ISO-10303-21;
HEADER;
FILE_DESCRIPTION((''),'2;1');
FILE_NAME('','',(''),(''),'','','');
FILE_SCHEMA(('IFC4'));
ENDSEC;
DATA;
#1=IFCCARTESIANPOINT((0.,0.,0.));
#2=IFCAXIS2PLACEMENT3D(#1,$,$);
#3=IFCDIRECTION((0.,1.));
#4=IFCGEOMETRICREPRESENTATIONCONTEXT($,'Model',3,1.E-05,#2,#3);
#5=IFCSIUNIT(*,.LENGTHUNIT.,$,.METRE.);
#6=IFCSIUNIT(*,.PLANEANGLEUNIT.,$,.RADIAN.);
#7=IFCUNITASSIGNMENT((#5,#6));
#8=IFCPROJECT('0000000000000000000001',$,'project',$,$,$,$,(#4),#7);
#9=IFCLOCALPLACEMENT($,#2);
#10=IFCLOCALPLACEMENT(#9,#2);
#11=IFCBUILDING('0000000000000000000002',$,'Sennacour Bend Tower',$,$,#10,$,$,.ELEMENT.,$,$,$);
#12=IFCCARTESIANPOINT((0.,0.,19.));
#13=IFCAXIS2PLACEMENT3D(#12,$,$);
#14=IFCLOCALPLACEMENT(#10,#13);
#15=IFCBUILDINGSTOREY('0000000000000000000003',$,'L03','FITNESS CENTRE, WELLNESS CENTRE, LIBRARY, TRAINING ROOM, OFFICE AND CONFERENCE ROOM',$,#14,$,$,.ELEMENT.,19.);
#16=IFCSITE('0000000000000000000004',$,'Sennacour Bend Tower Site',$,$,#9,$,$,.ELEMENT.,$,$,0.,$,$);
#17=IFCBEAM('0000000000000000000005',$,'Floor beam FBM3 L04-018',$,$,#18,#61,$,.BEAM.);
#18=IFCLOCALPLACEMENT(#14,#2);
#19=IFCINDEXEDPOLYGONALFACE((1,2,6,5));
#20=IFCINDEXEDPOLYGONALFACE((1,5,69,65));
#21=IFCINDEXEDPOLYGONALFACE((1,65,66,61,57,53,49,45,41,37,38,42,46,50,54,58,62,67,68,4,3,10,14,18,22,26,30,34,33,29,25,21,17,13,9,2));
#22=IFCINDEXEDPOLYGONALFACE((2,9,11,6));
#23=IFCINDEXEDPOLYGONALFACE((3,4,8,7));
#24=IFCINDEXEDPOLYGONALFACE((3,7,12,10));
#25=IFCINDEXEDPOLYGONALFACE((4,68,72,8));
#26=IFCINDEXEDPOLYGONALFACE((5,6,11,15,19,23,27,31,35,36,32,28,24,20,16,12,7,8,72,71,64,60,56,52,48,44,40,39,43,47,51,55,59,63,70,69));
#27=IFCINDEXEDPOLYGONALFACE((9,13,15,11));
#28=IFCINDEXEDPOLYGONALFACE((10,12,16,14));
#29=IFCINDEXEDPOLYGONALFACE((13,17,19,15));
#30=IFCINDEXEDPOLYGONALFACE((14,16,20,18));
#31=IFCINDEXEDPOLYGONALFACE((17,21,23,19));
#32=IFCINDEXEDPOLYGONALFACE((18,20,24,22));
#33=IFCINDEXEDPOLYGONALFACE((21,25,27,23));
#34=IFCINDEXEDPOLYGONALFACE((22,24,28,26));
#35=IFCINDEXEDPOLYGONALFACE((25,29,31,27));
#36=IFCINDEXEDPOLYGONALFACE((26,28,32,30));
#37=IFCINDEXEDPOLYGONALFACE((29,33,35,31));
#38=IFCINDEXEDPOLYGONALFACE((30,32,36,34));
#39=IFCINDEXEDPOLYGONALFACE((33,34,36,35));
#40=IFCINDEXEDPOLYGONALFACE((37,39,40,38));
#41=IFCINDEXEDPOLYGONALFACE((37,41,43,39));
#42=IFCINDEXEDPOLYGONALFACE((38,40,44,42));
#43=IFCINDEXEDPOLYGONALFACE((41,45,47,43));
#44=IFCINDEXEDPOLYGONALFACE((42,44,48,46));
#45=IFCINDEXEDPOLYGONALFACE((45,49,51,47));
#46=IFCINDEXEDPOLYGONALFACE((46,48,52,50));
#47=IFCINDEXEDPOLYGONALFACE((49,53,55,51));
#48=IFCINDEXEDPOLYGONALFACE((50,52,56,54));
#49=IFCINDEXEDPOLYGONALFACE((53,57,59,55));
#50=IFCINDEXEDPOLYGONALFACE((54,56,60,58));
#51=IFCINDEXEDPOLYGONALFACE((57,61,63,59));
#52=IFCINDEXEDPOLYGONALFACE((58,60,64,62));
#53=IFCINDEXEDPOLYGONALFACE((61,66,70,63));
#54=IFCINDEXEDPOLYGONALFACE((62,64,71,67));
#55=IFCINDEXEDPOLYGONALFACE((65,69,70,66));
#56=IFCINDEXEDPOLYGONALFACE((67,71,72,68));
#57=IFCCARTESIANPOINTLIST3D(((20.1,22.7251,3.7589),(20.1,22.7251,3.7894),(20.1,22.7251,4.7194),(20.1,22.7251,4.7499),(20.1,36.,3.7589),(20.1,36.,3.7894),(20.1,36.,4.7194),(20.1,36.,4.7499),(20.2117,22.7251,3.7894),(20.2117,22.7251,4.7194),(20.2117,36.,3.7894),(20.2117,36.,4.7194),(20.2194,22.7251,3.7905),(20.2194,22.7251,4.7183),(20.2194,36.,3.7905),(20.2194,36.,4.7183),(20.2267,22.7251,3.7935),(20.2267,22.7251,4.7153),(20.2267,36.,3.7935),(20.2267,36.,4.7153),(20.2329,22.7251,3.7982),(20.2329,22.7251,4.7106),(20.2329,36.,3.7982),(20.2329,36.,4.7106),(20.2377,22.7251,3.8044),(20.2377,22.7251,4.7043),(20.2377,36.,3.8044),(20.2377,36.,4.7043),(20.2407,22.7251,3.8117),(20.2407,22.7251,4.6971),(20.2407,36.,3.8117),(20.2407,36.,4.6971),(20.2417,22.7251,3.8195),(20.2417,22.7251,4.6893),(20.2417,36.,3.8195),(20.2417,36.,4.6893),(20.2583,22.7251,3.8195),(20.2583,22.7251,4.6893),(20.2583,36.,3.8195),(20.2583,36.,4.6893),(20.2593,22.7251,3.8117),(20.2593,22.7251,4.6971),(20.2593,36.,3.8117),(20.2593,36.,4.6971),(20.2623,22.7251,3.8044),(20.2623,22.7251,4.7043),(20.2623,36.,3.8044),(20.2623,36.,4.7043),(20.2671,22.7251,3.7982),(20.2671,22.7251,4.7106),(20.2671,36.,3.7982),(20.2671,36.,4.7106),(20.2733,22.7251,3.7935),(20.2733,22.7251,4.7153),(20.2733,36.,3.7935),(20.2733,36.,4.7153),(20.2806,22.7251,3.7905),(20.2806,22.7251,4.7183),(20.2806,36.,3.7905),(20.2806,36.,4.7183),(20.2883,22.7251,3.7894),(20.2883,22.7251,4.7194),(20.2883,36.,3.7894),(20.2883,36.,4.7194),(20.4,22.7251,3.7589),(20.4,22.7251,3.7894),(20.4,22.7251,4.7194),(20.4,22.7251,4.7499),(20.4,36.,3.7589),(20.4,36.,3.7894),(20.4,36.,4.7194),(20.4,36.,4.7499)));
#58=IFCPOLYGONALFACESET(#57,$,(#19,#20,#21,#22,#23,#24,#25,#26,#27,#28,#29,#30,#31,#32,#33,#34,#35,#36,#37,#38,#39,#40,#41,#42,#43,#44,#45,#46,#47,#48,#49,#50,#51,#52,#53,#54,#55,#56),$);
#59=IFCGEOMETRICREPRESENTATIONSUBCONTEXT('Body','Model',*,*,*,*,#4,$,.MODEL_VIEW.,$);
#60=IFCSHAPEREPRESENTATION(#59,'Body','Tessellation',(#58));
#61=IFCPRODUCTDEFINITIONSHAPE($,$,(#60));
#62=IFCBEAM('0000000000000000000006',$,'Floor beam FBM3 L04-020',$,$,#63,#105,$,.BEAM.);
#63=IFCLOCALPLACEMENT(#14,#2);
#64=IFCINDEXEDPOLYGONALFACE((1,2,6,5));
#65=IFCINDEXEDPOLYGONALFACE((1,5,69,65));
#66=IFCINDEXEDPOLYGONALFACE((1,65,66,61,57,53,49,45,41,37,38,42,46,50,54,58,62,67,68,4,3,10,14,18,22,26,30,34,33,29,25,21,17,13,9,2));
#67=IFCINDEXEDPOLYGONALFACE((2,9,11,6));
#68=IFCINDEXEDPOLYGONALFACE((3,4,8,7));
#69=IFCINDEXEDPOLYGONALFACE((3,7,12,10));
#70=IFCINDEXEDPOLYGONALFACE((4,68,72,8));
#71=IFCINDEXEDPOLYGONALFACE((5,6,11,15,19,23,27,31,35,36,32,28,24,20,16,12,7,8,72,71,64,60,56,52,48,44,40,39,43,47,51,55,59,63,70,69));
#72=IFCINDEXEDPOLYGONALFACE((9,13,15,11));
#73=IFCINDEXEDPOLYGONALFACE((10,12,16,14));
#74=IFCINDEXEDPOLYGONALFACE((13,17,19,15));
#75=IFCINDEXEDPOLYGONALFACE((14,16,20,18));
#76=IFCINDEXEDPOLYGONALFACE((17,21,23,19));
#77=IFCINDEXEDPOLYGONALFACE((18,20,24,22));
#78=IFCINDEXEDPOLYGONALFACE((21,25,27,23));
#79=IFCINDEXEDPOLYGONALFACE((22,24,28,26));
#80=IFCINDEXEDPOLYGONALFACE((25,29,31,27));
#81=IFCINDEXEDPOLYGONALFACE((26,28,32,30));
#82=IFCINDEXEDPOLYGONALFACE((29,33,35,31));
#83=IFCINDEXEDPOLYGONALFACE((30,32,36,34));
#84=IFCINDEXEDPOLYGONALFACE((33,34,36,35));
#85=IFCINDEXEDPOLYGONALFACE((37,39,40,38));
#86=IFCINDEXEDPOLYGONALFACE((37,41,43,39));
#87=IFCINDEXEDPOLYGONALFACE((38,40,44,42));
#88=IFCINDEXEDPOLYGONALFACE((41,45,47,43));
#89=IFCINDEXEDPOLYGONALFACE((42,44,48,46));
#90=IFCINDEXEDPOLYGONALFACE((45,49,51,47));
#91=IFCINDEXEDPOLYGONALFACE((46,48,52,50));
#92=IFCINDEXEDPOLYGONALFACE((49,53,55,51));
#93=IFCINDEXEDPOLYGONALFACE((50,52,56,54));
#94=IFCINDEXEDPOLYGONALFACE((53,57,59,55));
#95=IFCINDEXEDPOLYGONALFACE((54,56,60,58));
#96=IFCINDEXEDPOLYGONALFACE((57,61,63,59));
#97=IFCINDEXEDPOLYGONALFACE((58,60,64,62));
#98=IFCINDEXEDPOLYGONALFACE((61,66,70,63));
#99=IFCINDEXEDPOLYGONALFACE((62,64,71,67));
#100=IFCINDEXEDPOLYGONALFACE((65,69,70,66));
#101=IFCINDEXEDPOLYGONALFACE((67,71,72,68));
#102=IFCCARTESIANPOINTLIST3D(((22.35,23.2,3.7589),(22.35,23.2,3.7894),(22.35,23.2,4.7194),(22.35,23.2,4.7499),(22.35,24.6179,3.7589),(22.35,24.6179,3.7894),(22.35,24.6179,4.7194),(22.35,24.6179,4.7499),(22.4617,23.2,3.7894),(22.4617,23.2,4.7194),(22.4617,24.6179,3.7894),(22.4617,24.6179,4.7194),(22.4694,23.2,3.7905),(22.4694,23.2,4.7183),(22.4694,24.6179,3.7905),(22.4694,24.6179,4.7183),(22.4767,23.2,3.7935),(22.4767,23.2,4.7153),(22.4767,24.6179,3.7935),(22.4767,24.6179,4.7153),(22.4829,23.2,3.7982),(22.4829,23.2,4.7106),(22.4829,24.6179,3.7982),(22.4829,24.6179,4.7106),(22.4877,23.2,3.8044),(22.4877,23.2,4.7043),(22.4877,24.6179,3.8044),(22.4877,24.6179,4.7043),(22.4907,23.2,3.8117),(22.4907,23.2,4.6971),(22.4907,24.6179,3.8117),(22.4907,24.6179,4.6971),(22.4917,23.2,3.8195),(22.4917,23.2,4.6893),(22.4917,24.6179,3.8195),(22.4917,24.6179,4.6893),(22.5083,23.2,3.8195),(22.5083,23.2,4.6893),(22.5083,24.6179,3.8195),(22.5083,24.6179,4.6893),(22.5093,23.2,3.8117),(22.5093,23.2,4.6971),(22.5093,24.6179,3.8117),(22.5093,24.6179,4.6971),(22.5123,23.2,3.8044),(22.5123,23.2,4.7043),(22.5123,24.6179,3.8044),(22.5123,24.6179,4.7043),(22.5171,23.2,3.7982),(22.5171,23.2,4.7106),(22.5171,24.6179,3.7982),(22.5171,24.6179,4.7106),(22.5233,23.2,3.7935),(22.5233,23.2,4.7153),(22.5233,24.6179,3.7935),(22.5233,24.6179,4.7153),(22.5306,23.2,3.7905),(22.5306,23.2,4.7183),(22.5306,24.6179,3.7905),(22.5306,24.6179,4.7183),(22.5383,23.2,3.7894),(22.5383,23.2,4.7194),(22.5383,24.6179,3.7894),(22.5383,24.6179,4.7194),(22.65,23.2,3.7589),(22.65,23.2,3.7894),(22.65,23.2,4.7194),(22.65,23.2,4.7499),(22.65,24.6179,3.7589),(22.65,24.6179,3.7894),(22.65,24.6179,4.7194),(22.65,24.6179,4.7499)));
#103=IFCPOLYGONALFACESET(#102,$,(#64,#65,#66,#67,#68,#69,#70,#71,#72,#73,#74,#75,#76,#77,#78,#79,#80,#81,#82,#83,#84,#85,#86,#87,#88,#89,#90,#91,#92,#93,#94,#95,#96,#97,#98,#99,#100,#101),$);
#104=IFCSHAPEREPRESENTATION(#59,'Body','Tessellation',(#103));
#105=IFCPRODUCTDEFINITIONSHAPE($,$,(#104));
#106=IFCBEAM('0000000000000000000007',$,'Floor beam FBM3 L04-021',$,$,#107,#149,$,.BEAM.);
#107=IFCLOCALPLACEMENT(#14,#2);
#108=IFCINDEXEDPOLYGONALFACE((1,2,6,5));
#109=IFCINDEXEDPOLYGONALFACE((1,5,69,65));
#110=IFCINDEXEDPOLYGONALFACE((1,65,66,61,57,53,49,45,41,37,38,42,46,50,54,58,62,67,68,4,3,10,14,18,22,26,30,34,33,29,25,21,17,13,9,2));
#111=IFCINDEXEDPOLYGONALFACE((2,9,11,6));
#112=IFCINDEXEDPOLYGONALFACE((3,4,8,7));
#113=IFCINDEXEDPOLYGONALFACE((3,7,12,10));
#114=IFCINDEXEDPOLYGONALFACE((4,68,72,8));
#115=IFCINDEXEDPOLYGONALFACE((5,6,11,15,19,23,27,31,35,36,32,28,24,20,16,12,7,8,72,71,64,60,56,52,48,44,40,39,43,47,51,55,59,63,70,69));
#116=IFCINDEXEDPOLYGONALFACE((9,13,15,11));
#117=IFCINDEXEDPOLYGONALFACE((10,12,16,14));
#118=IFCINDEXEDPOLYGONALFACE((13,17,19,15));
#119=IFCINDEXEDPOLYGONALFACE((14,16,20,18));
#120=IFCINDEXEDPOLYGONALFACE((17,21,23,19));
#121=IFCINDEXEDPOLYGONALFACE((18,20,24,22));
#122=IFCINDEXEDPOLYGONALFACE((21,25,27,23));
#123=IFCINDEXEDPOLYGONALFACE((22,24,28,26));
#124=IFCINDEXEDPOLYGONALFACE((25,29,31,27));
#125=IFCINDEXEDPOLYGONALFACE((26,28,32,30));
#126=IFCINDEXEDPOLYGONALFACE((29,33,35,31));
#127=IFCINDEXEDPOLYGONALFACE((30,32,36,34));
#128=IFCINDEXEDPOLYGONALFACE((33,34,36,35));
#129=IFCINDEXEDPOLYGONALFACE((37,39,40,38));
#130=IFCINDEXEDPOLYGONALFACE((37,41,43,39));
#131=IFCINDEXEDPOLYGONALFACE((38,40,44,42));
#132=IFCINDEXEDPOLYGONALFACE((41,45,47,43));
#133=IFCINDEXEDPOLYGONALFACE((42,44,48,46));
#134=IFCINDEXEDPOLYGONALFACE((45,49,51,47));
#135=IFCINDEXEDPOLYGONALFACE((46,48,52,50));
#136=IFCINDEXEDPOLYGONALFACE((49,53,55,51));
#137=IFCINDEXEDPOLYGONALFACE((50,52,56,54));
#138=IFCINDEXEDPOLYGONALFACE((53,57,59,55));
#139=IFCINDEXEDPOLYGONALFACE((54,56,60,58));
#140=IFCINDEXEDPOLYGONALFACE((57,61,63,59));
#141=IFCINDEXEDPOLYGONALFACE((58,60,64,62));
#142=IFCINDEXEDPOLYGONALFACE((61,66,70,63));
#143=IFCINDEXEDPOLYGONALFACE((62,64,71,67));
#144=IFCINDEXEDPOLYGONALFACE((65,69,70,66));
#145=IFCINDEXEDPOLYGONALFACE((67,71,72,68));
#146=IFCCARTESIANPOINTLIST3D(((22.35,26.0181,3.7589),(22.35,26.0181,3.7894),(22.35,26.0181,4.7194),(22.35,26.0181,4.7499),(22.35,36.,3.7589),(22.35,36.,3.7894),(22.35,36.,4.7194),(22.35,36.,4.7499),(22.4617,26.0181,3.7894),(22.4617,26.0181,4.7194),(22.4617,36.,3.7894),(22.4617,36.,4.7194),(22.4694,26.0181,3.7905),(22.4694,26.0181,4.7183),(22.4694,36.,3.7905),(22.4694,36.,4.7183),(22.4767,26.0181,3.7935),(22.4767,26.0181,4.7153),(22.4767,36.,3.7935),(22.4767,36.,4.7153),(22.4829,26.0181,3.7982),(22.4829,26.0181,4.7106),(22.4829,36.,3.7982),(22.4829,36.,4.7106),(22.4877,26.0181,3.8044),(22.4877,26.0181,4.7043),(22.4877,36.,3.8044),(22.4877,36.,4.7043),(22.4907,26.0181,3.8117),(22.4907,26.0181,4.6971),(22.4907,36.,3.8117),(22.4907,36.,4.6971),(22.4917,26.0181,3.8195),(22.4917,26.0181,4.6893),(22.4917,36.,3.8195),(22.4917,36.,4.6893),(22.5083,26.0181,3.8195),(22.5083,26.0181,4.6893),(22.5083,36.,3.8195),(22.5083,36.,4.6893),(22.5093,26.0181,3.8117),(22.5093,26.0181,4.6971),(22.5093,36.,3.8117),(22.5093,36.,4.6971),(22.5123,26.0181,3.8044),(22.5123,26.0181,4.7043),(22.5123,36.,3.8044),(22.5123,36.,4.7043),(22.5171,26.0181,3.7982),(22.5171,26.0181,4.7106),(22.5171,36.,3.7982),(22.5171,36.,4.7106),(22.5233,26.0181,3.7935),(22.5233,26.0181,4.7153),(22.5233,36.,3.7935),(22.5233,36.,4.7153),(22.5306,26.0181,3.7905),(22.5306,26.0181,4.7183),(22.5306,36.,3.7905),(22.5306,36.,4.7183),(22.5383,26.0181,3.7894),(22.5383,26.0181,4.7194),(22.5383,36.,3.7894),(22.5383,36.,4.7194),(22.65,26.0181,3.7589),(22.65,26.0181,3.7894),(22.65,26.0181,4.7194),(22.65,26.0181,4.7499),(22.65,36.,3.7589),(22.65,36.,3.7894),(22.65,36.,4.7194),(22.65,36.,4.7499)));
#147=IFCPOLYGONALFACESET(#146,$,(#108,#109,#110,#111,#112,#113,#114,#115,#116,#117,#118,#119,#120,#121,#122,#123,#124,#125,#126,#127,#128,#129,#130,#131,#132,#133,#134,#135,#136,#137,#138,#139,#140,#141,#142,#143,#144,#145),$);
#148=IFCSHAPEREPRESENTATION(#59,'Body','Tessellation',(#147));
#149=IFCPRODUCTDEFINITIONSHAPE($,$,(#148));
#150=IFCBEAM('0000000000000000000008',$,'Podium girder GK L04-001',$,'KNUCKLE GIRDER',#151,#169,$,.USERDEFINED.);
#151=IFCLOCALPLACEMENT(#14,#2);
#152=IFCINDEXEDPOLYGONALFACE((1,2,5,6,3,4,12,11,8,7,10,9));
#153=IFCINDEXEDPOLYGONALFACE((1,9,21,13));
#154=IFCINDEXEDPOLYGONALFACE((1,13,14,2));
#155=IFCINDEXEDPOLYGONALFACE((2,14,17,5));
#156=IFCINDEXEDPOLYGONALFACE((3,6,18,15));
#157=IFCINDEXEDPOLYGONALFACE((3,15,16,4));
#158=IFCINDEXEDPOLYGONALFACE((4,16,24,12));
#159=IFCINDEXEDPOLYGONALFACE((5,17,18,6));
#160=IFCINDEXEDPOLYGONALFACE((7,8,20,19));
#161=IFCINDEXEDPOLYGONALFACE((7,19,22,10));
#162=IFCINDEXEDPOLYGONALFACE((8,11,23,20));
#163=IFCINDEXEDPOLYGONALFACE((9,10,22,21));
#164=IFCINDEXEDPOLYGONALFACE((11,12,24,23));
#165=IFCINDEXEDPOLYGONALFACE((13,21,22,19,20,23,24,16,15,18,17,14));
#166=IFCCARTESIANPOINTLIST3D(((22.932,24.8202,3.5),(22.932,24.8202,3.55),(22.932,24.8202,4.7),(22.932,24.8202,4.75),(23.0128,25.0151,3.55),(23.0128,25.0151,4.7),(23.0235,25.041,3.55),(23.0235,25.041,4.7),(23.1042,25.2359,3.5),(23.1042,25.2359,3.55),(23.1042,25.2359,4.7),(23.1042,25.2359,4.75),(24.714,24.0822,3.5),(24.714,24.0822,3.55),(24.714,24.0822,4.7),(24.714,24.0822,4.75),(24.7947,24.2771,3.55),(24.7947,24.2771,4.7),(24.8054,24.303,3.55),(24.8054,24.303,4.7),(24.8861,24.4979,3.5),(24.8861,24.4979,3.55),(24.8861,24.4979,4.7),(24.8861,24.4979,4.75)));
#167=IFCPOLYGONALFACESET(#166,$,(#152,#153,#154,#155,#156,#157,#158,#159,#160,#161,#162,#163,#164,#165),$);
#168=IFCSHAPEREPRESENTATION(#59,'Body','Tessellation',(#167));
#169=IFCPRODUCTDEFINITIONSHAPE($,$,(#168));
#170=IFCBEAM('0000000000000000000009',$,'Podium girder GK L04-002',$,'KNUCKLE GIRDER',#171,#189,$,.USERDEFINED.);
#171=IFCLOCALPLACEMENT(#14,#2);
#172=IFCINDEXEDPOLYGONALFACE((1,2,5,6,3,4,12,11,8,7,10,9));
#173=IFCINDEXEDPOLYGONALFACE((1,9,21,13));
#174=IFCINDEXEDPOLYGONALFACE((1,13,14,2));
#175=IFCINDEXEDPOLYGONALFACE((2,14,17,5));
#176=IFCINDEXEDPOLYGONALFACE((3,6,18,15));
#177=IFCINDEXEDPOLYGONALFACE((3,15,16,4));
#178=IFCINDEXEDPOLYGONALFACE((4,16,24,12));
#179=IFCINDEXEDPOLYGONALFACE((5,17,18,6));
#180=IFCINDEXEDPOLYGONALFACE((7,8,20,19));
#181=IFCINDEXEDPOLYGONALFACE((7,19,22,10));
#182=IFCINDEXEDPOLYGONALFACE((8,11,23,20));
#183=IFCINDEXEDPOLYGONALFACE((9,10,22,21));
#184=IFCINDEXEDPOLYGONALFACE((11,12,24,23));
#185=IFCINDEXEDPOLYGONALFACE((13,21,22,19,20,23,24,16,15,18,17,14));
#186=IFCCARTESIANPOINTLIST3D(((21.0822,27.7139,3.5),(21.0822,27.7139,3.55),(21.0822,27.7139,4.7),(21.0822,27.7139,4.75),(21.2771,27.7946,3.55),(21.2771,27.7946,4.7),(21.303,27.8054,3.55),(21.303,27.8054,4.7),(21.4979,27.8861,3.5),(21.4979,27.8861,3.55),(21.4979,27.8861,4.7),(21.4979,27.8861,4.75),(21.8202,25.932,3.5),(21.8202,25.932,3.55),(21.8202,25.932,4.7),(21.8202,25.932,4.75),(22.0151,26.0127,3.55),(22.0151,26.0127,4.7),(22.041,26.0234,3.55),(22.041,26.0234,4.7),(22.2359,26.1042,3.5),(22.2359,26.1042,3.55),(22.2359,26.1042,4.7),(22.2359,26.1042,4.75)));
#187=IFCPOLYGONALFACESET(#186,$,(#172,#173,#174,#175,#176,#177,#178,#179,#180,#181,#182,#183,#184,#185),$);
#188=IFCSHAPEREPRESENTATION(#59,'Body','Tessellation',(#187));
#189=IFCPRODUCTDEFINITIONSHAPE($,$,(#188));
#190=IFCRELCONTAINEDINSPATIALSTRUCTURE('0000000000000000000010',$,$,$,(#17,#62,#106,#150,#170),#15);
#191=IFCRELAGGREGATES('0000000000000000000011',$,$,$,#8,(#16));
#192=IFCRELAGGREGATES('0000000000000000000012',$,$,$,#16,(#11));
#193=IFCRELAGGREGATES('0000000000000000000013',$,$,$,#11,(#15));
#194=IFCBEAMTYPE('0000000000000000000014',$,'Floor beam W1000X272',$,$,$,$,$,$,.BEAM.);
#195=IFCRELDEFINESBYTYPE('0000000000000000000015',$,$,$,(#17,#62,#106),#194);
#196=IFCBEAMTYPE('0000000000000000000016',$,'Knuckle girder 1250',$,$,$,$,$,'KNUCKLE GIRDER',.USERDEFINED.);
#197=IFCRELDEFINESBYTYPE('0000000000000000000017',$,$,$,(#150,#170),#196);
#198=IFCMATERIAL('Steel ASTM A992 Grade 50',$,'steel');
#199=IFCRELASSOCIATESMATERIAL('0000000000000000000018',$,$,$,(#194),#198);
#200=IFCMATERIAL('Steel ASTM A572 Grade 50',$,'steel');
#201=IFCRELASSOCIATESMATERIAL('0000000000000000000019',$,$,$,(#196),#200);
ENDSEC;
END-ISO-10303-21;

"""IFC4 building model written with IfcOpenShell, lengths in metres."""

from ifc_helpers import new_model, si_unit, direction, frame, origin, origin_2d, place, context, subcontext, project, spatial, i_section, extrude, material, material_profile, profile_set, type_object, element, save


model = new_model("IFC4")

# Units and contexts
model_context = context("Model", 3, precision=1e-05, world=origin(), true_north=direction((0.0, 1.0)))
body_context = subcontext(model_context, "Body", "Model", "MODEL_VIEW")
ifc_project = project(units=[si_unit("LENGTHUNIT", "METRE"), si_unit("PLANEANGLEUNIT", "RADIAN")], contexts=[model_context])

# Site, building, storey
site_placement = place(None, origin())
site = spatial("IfcSite", under=ifc_project, at=site_placement, Name="Sennacour Bend Tower Site", CompositionType="ELEMENT", RefElevation=0.0)
building_placement = place(site_placement, origin())
building = spatial("IfcBuilding", under=site, at=building_placement, Name="Sennacour Bend Tower", CompositionType="ELEMENT")
storey_placement = place(building_placement, frame((0.0, 0.0, 19.0)))
storey = spatial("IfcBuildingStorey", under=building, at=storey_placement, Name="L03", Description="FITNESS CENTRE, WELLNESS CENTRE, LIBRARY, TRAINING ROOM, OFFICE AND CONFERENCE ROOM", CompositionType="ELEMENT", Elevation=19.0)

# Shared definitions
ifc_material_1 = material(Name="Steel ASTM A572 Grade 50", Category="steel")

# Beams
ifc_material_2 = material(Name="Steel ASTM A992 Grade 50", Category="steel")
ifc_material_profile_1 = material_profile(ifc_material_2, i_section(OverallWidth=0.3, OverallDepth=0.991, WebThickness=0.0166, FlangeThickness=0.0305, FilletRadius=0.03, at=origin_2d()), Name="Steel ASTM A992 Grade 50", Category="steel")
ifc_profile_set_1 = profile_set([ifc_material_profile_1], Name="Steel ASTM A992 Grade 50")
beam_type_1 = type_object("IfcBeamType", Name="Floor beam W1000X272", PredefinedType="BEAM", material=ifc_profile_set_1)
for number, where, z_axis, x_axis, name in (
    (1, (20.25, 22.7251, 4.2544), (0.0, 1.0, 0.0), (-1.0, 0.0, 0.0), "Floor beam FBM3 L04-018"),
):
    element("IfcBeam", number, at=place(storey_placement, frame(where, z_axis=z_axis, x_axis=x_axis)), inside=storey, type_object=beam_type_1, Name=name, PredefinedType="BEAM", context=body_context, shape_type="SweptSolid", body=[
        extrude(i_section(OverallWidth=0.3, OverallDepth=0.991, WebThickness=0.0166, FlangeThickness=0.0305, FilletRadius=0.03, at=origin_2d()), origin(), (0.0, 0.0, 1.0), 13.2749),
    ])
beam_1_placement = place(storey_placement, frame((22.5, 23.2, 4.2544), z_axis=(0.0, 1.0, 0.0), x_axis=(-1.0, 0.0, 0.0)))
element("IfcBeam", 2, at=beam_1_placement, inside=storey, type_object=beam_type_1, Name="Floor beam FBM3 L04-020", PredefinedType="BEAM", context=body_context, shape_type="SweptSolid", body=[
    extrude(i_section(OverallWidth=0.3, OverallDepth=0.991, WebThickness=0.0166, FlangeThickness=0.0305, FilletRadius=0.03, at=origin_2d()), origin(), (0.0, 0.0, 1.0), 1.418),
])
beam_2_placement = place(storey_placement, frame((22.5, 26.0181, 4.2544), z_axis=(0.0, 1.0, 0.0), x_axis=(-1.0, 0.0, 0.0)))
element("IfcBeam", 3, at=beam_2_placement, inside=storey, type_object=beam_type_1, Name="Floor beam FBM3 L04-021", PredefinedType="BEAM", context=body_context, shape_type="SweptSolid", body=[
    extrude(i_section(OverallWidth=0.3, OverallDepth=0.991, WebThickness=0.0166, FlangeThickness=0.0305, FilletRadius=0.03, at=origin_2d()), origin(), (0.0, 0.0, 1.0), 9.9819),
])
ifc_material_profile_2 = material_profile(ifc_material_1, i_section(OverallWidth=0.45, OverallDepth=1.25, WebThickness=0.0281, FlangeThickness=0.05, at=origin_2d()), Name="Steel ASTM A572 Grade 50", Category="steel")
ifc_profile_set_2 = profile_set([ifc_material_profile_2], Name="Steel ASTM A572 Grade 50")
beam_type_2 = type_object("IfcBeamType", Name="Knuckle girder 1250", ElementType="KNUCKLE GIRDER", PredefinedType="USERDEFINED", material=ifc_profile_set_2)
for number, where, z_axis, x_axis, name in (
    (4, (24.8, 24.29, 4.125), (-0.923895, 0.382646, 0.0), (-0.382646, -0.923895, 0.0), "Podium girder GK L04-001"),
    (5, (22.0281, 26.0181, 4.125), (-0.382646, 0.923895, 0.0), (-0.923895, -0.382646, 0.0), "Podium girder GK L04-002"),
):
    element("IfcBeam", number, at=place(storey_placement, frame(where, z_axis=z_axis, x_axis=x_axis)), inside=storey, type_object=beam_type_2, Name=name, ObjectType="KNUCKLE GIRDER", PredefinedType="USERDEFINED", context=body_context, shape_type="SweptSolid", body=[
        extrude(i_section(OverallWidth=0.45, OverallDepth=1.25, WebThickness=0.0281, FlangeThickness=0.05, at=origin_2d()), origin(), (0.0, 0.0, 1.0), 1.9287),
    ])

save(model, "model.ifc")
